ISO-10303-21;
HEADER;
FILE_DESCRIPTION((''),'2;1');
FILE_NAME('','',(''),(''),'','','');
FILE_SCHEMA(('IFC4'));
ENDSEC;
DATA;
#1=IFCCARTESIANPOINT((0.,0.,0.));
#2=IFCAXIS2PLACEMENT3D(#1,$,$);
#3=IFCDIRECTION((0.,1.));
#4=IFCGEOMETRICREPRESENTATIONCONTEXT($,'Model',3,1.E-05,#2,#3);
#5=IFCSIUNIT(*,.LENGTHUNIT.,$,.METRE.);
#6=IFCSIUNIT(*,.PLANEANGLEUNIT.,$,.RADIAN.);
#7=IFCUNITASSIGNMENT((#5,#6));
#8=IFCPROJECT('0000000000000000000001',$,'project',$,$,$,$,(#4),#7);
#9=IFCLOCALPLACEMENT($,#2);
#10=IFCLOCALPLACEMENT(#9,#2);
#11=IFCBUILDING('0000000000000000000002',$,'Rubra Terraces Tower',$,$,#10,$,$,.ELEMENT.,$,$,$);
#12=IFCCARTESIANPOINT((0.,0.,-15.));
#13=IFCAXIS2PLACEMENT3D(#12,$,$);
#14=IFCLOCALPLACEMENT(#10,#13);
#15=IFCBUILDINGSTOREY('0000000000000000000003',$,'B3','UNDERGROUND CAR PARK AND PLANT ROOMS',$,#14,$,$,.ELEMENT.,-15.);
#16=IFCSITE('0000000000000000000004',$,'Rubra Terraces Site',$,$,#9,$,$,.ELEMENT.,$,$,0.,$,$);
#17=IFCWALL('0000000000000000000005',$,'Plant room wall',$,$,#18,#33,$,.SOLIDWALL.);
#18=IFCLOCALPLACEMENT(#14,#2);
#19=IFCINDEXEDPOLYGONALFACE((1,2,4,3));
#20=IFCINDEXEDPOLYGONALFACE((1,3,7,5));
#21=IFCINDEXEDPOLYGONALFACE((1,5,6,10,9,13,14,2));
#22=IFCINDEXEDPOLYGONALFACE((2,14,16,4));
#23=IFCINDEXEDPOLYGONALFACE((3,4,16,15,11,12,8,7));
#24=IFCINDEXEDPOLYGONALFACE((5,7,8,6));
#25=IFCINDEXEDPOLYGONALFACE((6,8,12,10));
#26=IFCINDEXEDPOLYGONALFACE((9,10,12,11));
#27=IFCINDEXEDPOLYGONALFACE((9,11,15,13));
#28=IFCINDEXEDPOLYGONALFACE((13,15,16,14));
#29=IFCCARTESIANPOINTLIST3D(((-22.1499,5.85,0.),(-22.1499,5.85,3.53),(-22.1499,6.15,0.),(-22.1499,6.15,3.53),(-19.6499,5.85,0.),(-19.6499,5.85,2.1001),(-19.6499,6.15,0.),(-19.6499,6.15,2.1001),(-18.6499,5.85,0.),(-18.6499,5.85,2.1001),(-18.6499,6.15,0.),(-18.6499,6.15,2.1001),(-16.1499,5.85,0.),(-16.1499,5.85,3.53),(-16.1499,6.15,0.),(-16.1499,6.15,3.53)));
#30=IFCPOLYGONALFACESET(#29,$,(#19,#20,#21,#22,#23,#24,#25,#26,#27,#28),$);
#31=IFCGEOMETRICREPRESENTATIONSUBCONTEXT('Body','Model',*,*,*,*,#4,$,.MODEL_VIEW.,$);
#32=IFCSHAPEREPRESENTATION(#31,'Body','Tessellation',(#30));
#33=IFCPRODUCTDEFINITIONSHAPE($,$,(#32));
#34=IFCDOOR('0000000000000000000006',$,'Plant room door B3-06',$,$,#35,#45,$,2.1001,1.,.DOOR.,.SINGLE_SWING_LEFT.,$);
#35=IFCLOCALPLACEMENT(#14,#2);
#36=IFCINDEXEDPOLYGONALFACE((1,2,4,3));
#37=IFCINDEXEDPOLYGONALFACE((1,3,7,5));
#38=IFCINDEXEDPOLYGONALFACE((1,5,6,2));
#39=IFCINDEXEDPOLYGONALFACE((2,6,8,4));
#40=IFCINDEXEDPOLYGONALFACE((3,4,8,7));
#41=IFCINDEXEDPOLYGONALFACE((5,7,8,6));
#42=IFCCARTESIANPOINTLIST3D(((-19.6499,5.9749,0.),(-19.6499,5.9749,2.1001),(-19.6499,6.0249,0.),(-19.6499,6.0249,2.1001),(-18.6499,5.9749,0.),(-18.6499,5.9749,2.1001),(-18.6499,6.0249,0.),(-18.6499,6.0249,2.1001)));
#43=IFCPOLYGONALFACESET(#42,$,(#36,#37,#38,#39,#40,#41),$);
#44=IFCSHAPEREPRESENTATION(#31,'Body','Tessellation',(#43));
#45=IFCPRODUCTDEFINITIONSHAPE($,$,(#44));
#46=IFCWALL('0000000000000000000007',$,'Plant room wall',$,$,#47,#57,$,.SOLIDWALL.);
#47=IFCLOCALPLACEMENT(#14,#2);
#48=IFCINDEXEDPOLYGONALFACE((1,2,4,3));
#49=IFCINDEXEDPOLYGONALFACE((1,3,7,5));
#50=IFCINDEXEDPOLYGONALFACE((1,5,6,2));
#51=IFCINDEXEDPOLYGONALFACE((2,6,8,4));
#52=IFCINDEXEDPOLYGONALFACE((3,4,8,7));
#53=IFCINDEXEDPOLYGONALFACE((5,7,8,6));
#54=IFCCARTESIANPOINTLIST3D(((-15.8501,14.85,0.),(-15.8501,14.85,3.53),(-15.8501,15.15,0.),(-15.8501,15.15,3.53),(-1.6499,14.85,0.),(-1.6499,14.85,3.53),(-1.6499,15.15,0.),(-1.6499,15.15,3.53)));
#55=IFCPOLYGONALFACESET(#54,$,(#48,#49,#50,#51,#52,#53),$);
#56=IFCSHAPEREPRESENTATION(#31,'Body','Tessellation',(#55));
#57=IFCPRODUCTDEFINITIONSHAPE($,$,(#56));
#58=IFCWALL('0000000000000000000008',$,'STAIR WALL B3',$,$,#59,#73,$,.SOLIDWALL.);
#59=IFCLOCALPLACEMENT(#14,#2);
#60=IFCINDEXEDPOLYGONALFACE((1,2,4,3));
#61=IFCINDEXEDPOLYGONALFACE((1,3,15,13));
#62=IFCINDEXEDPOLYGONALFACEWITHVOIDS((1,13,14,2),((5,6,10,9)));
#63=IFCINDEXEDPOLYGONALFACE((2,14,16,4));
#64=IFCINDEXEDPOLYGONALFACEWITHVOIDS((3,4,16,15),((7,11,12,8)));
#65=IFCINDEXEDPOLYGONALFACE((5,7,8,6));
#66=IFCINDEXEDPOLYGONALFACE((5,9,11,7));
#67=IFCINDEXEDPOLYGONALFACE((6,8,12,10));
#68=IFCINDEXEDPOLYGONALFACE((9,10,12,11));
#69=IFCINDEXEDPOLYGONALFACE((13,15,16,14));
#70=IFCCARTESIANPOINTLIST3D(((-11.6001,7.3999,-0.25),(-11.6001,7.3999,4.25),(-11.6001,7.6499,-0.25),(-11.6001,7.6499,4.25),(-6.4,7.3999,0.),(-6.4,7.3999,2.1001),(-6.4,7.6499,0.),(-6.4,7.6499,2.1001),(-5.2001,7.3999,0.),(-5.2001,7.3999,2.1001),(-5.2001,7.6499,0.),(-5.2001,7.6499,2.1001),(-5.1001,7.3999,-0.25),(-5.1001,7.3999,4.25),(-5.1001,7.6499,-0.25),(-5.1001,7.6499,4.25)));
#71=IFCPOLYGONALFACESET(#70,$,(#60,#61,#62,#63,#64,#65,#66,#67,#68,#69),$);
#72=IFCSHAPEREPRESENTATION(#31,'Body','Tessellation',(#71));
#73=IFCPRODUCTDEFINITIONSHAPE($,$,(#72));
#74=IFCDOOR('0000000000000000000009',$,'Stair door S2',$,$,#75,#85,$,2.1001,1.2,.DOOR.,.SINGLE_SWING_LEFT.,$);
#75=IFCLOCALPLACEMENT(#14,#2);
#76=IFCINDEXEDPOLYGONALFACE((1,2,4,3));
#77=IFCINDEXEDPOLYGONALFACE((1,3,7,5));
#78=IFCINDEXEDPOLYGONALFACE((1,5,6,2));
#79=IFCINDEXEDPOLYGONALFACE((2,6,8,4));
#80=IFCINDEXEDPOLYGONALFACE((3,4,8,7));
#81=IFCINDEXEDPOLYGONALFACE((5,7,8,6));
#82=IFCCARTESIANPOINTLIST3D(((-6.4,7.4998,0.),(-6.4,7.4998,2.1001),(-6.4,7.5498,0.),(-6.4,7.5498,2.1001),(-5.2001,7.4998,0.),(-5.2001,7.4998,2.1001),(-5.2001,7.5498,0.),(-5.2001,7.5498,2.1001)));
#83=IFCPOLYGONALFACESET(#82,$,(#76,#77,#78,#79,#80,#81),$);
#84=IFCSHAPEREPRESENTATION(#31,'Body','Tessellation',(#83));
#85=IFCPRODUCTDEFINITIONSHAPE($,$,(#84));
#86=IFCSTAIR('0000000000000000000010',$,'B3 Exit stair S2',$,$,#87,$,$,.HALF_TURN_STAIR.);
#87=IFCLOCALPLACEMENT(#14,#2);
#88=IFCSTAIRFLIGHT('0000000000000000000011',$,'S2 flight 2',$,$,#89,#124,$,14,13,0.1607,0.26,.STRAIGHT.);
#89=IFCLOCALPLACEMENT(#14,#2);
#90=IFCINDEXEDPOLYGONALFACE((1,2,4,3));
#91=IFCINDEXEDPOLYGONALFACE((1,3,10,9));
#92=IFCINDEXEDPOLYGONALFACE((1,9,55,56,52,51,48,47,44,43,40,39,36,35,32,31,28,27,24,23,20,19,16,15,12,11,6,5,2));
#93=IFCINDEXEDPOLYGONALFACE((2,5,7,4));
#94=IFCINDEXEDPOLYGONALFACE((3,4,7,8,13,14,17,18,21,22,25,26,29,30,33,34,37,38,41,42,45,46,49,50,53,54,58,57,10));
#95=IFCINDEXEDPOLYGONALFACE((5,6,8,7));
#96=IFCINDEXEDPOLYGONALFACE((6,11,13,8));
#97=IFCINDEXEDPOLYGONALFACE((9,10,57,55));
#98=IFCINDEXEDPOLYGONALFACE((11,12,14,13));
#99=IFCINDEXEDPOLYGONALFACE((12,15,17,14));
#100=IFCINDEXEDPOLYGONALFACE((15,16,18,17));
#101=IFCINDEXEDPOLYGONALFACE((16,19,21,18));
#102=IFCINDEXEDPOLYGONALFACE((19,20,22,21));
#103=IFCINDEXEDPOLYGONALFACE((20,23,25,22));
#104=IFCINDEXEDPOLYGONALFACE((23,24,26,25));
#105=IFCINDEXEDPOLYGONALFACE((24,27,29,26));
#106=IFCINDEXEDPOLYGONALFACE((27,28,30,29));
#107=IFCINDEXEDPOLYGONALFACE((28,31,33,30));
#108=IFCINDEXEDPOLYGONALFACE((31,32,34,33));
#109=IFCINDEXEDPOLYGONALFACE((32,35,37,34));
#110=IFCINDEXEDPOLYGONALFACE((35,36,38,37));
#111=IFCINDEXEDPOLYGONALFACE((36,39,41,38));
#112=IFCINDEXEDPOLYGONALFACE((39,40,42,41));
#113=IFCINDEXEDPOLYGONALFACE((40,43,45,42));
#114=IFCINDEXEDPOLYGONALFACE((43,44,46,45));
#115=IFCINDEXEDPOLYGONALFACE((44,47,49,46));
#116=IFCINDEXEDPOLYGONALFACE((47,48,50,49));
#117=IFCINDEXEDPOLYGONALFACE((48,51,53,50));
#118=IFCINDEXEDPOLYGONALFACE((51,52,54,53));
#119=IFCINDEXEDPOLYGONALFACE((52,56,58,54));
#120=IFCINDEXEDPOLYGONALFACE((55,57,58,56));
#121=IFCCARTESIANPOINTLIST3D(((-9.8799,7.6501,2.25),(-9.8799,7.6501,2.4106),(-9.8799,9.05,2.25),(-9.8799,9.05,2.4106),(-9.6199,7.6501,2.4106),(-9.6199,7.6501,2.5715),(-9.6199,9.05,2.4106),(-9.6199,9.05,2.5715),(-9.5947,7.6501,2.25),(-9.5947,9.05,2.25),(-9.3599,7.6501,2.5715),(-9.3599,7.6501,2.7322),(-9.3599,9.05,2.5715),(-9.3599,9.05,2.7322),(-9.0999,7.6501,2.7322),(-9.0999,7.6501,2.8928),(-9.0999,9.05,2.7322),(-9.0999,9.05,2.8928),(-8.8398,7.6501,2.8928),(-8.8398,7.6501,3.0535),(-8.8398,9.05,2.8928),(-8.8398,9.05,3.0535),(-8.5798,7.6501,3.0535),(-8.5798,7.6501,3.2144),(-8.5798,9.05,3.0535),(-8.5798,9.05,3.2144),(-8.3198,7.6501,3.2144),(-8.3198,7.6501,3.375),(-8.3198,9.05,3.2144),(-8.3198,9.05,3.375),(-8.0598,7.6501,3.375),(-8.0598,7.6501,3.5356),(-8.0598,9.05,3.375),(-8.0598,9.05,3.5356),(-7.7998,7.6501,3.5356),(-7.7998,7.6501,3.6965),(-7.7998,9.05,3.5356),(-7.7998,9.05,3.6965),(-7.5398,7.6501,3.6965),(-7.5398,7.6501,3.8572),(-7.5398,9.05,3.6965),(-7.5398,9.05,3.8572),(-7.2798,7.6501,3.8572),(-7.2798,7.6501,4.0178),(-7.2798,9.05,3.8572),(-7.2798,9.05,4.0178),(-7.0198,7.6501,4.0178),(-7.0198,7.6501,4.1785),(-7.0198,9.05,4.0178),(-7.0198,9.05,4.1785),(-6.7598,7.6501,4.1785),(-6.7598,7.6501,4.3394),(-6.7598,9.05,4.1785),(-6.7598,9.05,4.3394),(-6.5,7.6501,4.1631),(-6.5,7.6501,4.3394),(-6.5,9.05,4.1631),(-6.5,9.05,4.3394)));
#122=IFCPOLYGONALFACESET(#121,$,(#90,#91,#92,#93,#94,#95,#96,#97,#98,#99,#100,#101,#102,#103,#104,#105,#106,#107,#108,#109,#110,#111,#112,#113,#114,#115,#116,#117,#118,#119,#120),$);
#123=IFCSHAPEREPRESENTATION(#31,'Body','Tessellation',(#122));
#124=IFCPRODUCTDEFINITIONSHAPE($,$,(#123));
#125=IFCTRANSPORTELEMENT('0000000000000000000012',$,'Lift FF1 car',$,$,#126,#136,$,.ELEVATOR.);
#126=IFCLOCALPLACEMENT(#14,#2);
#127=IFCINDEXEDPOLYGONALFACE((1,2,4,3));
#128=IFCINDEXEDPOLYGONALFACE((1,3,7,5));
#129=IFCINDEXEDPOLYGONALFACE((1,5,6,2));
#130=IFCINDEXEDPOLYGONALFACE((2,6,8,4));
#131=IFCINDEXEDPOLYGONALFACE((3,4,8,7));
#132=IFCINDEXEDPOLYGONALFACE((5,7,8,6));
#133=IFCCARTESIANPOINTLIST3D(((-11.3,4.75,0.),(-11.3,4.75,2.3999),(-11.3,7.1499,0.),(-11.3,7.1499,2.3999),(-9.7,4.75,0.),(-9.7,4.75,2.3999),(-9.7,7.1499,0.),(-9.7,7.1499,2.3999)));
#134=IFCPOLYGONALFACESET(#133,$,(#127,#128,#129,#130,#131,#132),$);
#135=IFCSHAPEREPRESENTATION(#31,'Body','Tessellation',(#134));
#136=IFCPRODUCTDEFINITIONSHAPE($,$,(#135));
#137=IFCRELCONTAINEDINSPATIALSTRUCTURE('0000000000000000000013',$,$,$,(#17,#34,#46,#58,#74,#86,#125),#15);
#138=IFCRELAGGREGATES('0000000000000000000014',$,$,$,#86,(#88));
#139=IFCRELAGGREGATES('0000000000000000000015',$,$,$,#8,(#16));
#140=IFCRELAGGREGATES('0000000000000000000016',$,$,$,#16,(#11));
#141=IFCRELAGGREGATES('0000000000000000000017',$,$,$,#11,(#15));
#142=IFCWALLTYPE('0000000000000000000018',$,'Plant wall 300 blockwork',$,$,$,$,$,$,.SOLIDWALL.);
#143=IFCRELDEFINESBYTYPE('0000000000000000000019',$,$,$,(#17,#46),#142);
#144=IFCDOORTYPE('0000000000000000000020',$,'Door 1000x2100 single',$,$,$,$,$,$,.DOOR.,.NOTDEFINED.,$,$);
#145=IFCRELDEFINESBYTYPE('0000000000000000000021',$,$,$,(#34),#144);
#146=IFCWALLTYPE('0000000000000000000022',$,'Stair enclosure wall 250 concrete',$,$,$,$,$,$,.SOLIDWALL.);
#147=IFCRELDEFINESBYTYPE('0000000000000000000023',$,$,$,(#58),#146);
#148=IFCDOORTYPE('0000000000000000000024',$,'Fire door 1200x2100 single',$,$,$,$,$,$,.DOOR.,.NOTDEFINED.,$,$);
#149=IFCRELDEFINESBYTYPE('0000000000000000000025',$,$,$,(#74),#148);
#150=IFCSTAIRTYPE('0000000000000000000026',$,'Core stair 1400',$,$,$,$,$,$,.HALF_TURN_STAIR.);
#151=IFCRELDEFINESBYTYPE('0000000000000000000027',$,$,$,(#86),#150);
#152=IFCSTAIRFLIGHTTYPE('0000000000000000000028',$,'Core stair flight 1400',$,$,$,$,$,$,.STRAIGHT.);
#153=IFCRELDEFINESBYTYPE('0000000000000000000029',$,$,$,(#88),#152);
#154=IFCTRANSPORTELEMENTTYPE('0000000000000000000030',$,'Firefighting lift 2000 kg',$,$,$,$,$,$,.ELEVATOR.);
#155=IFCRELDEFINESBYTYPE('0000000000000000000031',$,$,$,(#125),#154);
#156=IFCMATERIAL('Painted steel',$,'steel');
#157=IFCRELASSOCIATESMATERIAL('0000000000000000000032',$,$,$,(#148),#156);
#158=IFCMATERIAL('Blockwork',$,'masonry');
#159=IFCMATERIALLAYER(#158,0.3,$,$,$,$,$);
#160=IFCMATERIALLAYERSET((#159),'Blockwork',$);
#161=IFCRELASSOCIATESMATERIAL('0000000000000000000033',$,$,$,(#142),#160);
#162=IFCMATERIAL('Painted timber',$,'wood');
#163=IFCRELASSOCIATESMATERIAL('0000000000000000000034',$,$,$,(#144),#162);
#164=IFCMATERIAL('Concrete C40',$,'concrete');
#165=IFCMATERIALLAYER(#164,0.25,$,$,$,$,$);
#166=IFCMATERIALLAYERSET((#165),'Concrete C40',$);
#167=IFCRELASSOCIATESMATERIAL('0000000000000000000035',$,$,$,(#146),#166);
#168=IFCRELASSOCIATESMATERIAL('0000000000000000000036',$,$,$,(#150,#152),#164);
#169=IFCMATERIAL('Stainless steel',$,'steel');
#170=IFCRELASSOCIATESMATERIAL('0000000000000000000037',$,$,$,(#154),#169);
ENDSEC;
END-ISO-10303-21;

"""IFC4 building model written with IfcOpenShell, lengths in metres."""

from ifc_helpers import new_model, si_unit, direction, frame, frame_2d, origin, origin_2d, place, context, subcontext, project, spatial, polyline, rectangle, outline, extrude, material, layer, layer_set, type_object, element, fill, aggregate, save


model = new_model("IFC4")

# Units and contexts
model_context = context("Model", 3, precision=1e-05, world=origin(), true_north=direction((0.0, 1.0)))
body_context = subcontext(model_context, "Body", "Model", "MODEL_VIEW")
ifc_project = project(units=[si_unit("LENGTHUNIT", "METRE"), si_unit("PLANEANGLEUNIT", "RADIAN")], contexts=[model_context])

# Site, building, storey
site_placement = place(None, origin())
site = spatial("IfcSite", under=ifc_project, at=site_placement, Name="Rubra Terraces Site", CompositionType="ELEMENT", RefElevation=0.0)
building_placement = place(site_placement, origin())
building = spatial("IfcBuilding", under=site, at=building_placement, Name="Rubra Terraces Tower", CompositionType="ELEMENT")
storey_placement = place(building_placement, frame((0.0, 0.0, -15.0)))
storey = spatial("IfcBuildingStorey", under=building, at=storey_placement, Name="B3", Description="UNDERGROUND CAR PARK AND PLANT ROOMS", CompositionType="ELEMENT", Elevation=-15.0)

# Shared definitions
ifc_material_1 = material(Name="Concrete C40", Category="concrete")

# Shared definitions
ifc_material_2 = material(Name="Painted steel", Category="steel")
door_type_1 = type_object("IfcDoorType", Name="Fire door 1200x2100 single", OperationType="NOTDEFINED", PredefinedType="DOOR", material=ifc_material_2)
ifc_material_3 = material(Name="Stainless steel", Category="steel")

# Shared definitions
ifc_material_4 = material(Name="Blockwork", Category="masonry")
ifc_layer_1 = layer(ifc_material_4, 0.3)
ifc_layer_set_1 = layer_set([ifc_layer_1], Name="Blockwork")
wall_type_1 = type_object("IfcWallType", Name="Plant wall 300 blockwork", PredefinedType="SOLIDWALL", material=ifc_layer_set_1)

# Wall, opening, door
wall_1_placement = place(storey_placement, frame((-22.1499, 6.0, 0.0), z_axis=(0.0, 0.0, 1.0), x_axis=(1.0, 0.0, 0.0)))
wall_1 = element("IfcWall", 1, at=wall_1_placement, inside=storey, type_object=wall_type_1, Name="Plant room wall", PredefinedType="SOLIDWALL", context=body_context, shape_type="SweptSolid", body=[
    extrude(rectangle(XDim=6.0, YDim=0.3, at=frame_2d((3.0, 0.0))), origin(), (0.0, 0.0, 1.0), 3.53),
])
opening_1_placement = place(wall_1_placement, frame((2.5, 0.0, 0.0)))
opening_1 = element("IfcOpeningElement", 2, at=opening_1_placement, cuts=wall_1, PredefinedType="OPENING", context=body_context, shape_type="SweptSolid", body=[
    extrude(rectangle(XDim=1.0, YDim=2.1001, at=frame_2d((0.5, 1.05))), frame((0.0, 0.1599, 0.0), z_axis=(0.0, -1.0, 0.0), x_axis=(1.0, 0.0, 0.0)), (0.0, 0.0, 1.0), 0.3201),
])
ifc_material_5 = material(Name="Painted timber", Category="wood")
door_type_2 = type_object("IfcDoorType", Name="Door 1000x2100 single", OperationType="NOTDEFINED", PredefinedType="DOOR", material=ifc_material_5)
door_1_placement = place(opening_1_placement, origin())
door_1 = element("IfcDoor", 3, at=door_1_placement, inside=storey, type_object=door_type_2, Name="Plant room door B3-06", OperationType="SINGLE_SWING_LEFT", OverallHeight=2.1001, OverallWidth=1.0, PredefinedType="DOOR", context=body_context, shape_type="SweptSolid", body=[
    extrude(rectangle(XDim=1.0, YDim=2.1001, at=frame_2d((0.5, 1.05))), frame((0.0, 0.0249, 0.0), z_axis=(0.0, -1.0, 0.0), x_axis=(1.0, 0.0, 0.0)), (0.0, 0.0, 1.0), 0.05),
])
fill(opening_1, door_1)

# Wall
wall_2_placement = place(storey_placement, frame((-15.8501, 15.0, 0.0), z_axis=(0.0, 0.0, 1.0), x_axis=(1.0, 0.0, 0.0)))
element("IfcWall", 4, at=wall_2_placement, inside=storey, type_object=wall_type_1, Name="Plant room wall", PredefinedType="SOLIDWALL", context=body_context, shape_type="SweptSolid", body=[
    extrude(rectangle(XDim=14.2002, YDim=0.3, at=frame_2d((7.1001, 0.0))), origin(), (0.0, 0.0, 1.0), 3.53),
])

# Wall, opening, door
ifc_layer_2 = layer(ifc_material_1, 0.25)
ifc_layer_set_2 = layer_set([ifc_layer_2], Name="Concrete C40")
wall_type_2 = type_object("IfcWallType", Name="Stair enclosure wall 250 concrete", PredefinedType="SOLIDWALL", material=ifc_layer_set_2)
wall_3_placement = place(storey_placement, frame((-11.6001, 7.5249, -0.25), z_axis=(0.0, 0.0, 1.0), x_axis=(1.0, 0.0, 0.0)))
wall_3 = element("IfcWall", 5, at=wall_3_placement, inside=storey, type_object=wall_type_2, Name="STAIR WALL B3", PredefinedType="SOLIDWALL", context=body_context, shape_type="SweptSolid", body=[
    extrude(rectangle(XDim=6.5, YDim=0.25, at=frame_2d((3.25, 0.0))), origin(), (0.0, 0.0, 1.0), 4.5),
])
opening_2_placement = place(wall_3_placement, frame((5.2, 0.0, 0.25)))
opening_2 = element("IfcOpeningElement", 6, at=opening_2_placement, cuts=wall_3, PredefinedType="OPENING", context=body_context, shape_type="SweptSolid", body=[
    extrude(rectangle(XDim=1.2, YDim=2.1001, at=frame_2d((0.6001, 1.05))), frame((0.0, 0.135, 0.0), z_axis=(0.0, -1.0, 0.0), x_axis=(1.0, 0.0, 0.0)), (0.0, 0.0, 1.0), 0.27),
])
door_2_placement = place(opening_2_placement, origin())
door_2 = element("IfcDoor", 7, at=door_2_placement, inside=storey, type_object=door_type_1, Name="Stair door S2", OperationType="SINGLE_SWING_LEFT", OverallHeight=2.1001, OverallWidth=1.2, PredefinedType="DOOR", context=body_context, shape_type="SweptSolid", body=[
    extrude(rectangle(XDim=1.2, YDim=2.1001, at=frame_2d((0.6001, 1.05))), frame((0.0, 0.0249, 0.0), z_axis=(0.0, -1.0, 0.0), x_axis=(1.0, 0.0, 0.0)), (0.0, 0.0, 1.0), 0.05),
])
fill(opening_2, door_2)

# Stair, stair flight
stair_type = type_object("IfcStairType", Name="Core stair 1400", PredefinedType="HALF_TURN_STAIR", material=ifc_material_1)
stair_placement = place(storey_placement, origin())
stair = element("IfcStair", 8, at=stair_placement, inside=storey, type_object=stair_type, Name="B3 Exit stair S2", PredefinedType="HALF_TURN_STAIR")
stair_flight_type = type_object("IfcStairFlightType", Name="Core stair flight 1400", PredefinedType="STRAIGHT", material=ifc_material_1)
stair_flight_placement = place(storey_placement, frame((-9.8799, 8.3501, 2.25), z_axis=(0.0, 0.0, 1.0), x_axis=(1.0, 0.0, 0.0)))
stair_flight = element("IfcStairFlight", 9, at=stair_flight_placement, type_object=stair_flight_type, Name="S2 flight 2", NumberOfRisers=14, NumberOfTreads=13, PredefinedType="STRAIGHT", RiserHeight=0.1607, TreadLength=0.26, context=body_context, shape_type="SweptSolid", body=[
    extrude(outline(polyline([(0.0, 0.0), (0.0, 0.1606), (0.26, 0.1606), (0.26, 0.3215), (0.52, 0.3215), (0.52, 0.4822), (0.78, 0.4822), (0.78, 0.6428), (1.04, 0.6428), (1.04, 0.8035), (1.3, 0.8035), (1.3, 0.9644), (1.5601, 0.9644), (1.5601, 1.125), (1.8201, 1.125), (1.8201, 1.2856), (2.0801, 1.2856), (2.0801, 1.4465), (2.3401, 1.4465), (2.3401, 1.6072), (2.6001, 1.6072), (2.6001, 1.7678), (2.8601, 1.7678), (2.8601, 1.9285), (3.1201, 1.9285), (3.1201, 2.0894), (3.3799, 2.0894), (3.3799, 2.25), (3.3799, 1.9131), (0.2852, 0.0), (0.0, 0.0)])), frame((0.0, 0.7, 0.0), z_axis=(0.0, -1.0, 0.0), x_axis=(1.0, 0.0, 0.0)), (0.0, 0.0, 1.0), 1.3999),
])
aggregate(stair, [stair_flight])

# Transport element
transport_element_type = type_object("IfcTransportElementType", Name="Firefighting lift 2000 kg", PredefinedType="ELEVATOR", material=ifc_material_3)
transport_element_placement = place(storey_placement, frame((-10.5, 5.95, 0.0), z_axis=(0.0, 0.0, 1.0), x_axis=(1.0, 0.0, 0.0)))
element("IfcTransportElement", 10, at=transport_element_placement, inside=storey, type_object=transport_element_type, Name="Lift FF1 car", PredefinedType="ELEVATOR", context=body_context, shape_type="SweptSolid", body=[
    extrude(rectangle(XDim=1.6001, YDim=2.3999, at=origin_2d()), origin(), (0.0, 0.0, 1.0), 2.3999),
])

save(model, "model.ifc")
